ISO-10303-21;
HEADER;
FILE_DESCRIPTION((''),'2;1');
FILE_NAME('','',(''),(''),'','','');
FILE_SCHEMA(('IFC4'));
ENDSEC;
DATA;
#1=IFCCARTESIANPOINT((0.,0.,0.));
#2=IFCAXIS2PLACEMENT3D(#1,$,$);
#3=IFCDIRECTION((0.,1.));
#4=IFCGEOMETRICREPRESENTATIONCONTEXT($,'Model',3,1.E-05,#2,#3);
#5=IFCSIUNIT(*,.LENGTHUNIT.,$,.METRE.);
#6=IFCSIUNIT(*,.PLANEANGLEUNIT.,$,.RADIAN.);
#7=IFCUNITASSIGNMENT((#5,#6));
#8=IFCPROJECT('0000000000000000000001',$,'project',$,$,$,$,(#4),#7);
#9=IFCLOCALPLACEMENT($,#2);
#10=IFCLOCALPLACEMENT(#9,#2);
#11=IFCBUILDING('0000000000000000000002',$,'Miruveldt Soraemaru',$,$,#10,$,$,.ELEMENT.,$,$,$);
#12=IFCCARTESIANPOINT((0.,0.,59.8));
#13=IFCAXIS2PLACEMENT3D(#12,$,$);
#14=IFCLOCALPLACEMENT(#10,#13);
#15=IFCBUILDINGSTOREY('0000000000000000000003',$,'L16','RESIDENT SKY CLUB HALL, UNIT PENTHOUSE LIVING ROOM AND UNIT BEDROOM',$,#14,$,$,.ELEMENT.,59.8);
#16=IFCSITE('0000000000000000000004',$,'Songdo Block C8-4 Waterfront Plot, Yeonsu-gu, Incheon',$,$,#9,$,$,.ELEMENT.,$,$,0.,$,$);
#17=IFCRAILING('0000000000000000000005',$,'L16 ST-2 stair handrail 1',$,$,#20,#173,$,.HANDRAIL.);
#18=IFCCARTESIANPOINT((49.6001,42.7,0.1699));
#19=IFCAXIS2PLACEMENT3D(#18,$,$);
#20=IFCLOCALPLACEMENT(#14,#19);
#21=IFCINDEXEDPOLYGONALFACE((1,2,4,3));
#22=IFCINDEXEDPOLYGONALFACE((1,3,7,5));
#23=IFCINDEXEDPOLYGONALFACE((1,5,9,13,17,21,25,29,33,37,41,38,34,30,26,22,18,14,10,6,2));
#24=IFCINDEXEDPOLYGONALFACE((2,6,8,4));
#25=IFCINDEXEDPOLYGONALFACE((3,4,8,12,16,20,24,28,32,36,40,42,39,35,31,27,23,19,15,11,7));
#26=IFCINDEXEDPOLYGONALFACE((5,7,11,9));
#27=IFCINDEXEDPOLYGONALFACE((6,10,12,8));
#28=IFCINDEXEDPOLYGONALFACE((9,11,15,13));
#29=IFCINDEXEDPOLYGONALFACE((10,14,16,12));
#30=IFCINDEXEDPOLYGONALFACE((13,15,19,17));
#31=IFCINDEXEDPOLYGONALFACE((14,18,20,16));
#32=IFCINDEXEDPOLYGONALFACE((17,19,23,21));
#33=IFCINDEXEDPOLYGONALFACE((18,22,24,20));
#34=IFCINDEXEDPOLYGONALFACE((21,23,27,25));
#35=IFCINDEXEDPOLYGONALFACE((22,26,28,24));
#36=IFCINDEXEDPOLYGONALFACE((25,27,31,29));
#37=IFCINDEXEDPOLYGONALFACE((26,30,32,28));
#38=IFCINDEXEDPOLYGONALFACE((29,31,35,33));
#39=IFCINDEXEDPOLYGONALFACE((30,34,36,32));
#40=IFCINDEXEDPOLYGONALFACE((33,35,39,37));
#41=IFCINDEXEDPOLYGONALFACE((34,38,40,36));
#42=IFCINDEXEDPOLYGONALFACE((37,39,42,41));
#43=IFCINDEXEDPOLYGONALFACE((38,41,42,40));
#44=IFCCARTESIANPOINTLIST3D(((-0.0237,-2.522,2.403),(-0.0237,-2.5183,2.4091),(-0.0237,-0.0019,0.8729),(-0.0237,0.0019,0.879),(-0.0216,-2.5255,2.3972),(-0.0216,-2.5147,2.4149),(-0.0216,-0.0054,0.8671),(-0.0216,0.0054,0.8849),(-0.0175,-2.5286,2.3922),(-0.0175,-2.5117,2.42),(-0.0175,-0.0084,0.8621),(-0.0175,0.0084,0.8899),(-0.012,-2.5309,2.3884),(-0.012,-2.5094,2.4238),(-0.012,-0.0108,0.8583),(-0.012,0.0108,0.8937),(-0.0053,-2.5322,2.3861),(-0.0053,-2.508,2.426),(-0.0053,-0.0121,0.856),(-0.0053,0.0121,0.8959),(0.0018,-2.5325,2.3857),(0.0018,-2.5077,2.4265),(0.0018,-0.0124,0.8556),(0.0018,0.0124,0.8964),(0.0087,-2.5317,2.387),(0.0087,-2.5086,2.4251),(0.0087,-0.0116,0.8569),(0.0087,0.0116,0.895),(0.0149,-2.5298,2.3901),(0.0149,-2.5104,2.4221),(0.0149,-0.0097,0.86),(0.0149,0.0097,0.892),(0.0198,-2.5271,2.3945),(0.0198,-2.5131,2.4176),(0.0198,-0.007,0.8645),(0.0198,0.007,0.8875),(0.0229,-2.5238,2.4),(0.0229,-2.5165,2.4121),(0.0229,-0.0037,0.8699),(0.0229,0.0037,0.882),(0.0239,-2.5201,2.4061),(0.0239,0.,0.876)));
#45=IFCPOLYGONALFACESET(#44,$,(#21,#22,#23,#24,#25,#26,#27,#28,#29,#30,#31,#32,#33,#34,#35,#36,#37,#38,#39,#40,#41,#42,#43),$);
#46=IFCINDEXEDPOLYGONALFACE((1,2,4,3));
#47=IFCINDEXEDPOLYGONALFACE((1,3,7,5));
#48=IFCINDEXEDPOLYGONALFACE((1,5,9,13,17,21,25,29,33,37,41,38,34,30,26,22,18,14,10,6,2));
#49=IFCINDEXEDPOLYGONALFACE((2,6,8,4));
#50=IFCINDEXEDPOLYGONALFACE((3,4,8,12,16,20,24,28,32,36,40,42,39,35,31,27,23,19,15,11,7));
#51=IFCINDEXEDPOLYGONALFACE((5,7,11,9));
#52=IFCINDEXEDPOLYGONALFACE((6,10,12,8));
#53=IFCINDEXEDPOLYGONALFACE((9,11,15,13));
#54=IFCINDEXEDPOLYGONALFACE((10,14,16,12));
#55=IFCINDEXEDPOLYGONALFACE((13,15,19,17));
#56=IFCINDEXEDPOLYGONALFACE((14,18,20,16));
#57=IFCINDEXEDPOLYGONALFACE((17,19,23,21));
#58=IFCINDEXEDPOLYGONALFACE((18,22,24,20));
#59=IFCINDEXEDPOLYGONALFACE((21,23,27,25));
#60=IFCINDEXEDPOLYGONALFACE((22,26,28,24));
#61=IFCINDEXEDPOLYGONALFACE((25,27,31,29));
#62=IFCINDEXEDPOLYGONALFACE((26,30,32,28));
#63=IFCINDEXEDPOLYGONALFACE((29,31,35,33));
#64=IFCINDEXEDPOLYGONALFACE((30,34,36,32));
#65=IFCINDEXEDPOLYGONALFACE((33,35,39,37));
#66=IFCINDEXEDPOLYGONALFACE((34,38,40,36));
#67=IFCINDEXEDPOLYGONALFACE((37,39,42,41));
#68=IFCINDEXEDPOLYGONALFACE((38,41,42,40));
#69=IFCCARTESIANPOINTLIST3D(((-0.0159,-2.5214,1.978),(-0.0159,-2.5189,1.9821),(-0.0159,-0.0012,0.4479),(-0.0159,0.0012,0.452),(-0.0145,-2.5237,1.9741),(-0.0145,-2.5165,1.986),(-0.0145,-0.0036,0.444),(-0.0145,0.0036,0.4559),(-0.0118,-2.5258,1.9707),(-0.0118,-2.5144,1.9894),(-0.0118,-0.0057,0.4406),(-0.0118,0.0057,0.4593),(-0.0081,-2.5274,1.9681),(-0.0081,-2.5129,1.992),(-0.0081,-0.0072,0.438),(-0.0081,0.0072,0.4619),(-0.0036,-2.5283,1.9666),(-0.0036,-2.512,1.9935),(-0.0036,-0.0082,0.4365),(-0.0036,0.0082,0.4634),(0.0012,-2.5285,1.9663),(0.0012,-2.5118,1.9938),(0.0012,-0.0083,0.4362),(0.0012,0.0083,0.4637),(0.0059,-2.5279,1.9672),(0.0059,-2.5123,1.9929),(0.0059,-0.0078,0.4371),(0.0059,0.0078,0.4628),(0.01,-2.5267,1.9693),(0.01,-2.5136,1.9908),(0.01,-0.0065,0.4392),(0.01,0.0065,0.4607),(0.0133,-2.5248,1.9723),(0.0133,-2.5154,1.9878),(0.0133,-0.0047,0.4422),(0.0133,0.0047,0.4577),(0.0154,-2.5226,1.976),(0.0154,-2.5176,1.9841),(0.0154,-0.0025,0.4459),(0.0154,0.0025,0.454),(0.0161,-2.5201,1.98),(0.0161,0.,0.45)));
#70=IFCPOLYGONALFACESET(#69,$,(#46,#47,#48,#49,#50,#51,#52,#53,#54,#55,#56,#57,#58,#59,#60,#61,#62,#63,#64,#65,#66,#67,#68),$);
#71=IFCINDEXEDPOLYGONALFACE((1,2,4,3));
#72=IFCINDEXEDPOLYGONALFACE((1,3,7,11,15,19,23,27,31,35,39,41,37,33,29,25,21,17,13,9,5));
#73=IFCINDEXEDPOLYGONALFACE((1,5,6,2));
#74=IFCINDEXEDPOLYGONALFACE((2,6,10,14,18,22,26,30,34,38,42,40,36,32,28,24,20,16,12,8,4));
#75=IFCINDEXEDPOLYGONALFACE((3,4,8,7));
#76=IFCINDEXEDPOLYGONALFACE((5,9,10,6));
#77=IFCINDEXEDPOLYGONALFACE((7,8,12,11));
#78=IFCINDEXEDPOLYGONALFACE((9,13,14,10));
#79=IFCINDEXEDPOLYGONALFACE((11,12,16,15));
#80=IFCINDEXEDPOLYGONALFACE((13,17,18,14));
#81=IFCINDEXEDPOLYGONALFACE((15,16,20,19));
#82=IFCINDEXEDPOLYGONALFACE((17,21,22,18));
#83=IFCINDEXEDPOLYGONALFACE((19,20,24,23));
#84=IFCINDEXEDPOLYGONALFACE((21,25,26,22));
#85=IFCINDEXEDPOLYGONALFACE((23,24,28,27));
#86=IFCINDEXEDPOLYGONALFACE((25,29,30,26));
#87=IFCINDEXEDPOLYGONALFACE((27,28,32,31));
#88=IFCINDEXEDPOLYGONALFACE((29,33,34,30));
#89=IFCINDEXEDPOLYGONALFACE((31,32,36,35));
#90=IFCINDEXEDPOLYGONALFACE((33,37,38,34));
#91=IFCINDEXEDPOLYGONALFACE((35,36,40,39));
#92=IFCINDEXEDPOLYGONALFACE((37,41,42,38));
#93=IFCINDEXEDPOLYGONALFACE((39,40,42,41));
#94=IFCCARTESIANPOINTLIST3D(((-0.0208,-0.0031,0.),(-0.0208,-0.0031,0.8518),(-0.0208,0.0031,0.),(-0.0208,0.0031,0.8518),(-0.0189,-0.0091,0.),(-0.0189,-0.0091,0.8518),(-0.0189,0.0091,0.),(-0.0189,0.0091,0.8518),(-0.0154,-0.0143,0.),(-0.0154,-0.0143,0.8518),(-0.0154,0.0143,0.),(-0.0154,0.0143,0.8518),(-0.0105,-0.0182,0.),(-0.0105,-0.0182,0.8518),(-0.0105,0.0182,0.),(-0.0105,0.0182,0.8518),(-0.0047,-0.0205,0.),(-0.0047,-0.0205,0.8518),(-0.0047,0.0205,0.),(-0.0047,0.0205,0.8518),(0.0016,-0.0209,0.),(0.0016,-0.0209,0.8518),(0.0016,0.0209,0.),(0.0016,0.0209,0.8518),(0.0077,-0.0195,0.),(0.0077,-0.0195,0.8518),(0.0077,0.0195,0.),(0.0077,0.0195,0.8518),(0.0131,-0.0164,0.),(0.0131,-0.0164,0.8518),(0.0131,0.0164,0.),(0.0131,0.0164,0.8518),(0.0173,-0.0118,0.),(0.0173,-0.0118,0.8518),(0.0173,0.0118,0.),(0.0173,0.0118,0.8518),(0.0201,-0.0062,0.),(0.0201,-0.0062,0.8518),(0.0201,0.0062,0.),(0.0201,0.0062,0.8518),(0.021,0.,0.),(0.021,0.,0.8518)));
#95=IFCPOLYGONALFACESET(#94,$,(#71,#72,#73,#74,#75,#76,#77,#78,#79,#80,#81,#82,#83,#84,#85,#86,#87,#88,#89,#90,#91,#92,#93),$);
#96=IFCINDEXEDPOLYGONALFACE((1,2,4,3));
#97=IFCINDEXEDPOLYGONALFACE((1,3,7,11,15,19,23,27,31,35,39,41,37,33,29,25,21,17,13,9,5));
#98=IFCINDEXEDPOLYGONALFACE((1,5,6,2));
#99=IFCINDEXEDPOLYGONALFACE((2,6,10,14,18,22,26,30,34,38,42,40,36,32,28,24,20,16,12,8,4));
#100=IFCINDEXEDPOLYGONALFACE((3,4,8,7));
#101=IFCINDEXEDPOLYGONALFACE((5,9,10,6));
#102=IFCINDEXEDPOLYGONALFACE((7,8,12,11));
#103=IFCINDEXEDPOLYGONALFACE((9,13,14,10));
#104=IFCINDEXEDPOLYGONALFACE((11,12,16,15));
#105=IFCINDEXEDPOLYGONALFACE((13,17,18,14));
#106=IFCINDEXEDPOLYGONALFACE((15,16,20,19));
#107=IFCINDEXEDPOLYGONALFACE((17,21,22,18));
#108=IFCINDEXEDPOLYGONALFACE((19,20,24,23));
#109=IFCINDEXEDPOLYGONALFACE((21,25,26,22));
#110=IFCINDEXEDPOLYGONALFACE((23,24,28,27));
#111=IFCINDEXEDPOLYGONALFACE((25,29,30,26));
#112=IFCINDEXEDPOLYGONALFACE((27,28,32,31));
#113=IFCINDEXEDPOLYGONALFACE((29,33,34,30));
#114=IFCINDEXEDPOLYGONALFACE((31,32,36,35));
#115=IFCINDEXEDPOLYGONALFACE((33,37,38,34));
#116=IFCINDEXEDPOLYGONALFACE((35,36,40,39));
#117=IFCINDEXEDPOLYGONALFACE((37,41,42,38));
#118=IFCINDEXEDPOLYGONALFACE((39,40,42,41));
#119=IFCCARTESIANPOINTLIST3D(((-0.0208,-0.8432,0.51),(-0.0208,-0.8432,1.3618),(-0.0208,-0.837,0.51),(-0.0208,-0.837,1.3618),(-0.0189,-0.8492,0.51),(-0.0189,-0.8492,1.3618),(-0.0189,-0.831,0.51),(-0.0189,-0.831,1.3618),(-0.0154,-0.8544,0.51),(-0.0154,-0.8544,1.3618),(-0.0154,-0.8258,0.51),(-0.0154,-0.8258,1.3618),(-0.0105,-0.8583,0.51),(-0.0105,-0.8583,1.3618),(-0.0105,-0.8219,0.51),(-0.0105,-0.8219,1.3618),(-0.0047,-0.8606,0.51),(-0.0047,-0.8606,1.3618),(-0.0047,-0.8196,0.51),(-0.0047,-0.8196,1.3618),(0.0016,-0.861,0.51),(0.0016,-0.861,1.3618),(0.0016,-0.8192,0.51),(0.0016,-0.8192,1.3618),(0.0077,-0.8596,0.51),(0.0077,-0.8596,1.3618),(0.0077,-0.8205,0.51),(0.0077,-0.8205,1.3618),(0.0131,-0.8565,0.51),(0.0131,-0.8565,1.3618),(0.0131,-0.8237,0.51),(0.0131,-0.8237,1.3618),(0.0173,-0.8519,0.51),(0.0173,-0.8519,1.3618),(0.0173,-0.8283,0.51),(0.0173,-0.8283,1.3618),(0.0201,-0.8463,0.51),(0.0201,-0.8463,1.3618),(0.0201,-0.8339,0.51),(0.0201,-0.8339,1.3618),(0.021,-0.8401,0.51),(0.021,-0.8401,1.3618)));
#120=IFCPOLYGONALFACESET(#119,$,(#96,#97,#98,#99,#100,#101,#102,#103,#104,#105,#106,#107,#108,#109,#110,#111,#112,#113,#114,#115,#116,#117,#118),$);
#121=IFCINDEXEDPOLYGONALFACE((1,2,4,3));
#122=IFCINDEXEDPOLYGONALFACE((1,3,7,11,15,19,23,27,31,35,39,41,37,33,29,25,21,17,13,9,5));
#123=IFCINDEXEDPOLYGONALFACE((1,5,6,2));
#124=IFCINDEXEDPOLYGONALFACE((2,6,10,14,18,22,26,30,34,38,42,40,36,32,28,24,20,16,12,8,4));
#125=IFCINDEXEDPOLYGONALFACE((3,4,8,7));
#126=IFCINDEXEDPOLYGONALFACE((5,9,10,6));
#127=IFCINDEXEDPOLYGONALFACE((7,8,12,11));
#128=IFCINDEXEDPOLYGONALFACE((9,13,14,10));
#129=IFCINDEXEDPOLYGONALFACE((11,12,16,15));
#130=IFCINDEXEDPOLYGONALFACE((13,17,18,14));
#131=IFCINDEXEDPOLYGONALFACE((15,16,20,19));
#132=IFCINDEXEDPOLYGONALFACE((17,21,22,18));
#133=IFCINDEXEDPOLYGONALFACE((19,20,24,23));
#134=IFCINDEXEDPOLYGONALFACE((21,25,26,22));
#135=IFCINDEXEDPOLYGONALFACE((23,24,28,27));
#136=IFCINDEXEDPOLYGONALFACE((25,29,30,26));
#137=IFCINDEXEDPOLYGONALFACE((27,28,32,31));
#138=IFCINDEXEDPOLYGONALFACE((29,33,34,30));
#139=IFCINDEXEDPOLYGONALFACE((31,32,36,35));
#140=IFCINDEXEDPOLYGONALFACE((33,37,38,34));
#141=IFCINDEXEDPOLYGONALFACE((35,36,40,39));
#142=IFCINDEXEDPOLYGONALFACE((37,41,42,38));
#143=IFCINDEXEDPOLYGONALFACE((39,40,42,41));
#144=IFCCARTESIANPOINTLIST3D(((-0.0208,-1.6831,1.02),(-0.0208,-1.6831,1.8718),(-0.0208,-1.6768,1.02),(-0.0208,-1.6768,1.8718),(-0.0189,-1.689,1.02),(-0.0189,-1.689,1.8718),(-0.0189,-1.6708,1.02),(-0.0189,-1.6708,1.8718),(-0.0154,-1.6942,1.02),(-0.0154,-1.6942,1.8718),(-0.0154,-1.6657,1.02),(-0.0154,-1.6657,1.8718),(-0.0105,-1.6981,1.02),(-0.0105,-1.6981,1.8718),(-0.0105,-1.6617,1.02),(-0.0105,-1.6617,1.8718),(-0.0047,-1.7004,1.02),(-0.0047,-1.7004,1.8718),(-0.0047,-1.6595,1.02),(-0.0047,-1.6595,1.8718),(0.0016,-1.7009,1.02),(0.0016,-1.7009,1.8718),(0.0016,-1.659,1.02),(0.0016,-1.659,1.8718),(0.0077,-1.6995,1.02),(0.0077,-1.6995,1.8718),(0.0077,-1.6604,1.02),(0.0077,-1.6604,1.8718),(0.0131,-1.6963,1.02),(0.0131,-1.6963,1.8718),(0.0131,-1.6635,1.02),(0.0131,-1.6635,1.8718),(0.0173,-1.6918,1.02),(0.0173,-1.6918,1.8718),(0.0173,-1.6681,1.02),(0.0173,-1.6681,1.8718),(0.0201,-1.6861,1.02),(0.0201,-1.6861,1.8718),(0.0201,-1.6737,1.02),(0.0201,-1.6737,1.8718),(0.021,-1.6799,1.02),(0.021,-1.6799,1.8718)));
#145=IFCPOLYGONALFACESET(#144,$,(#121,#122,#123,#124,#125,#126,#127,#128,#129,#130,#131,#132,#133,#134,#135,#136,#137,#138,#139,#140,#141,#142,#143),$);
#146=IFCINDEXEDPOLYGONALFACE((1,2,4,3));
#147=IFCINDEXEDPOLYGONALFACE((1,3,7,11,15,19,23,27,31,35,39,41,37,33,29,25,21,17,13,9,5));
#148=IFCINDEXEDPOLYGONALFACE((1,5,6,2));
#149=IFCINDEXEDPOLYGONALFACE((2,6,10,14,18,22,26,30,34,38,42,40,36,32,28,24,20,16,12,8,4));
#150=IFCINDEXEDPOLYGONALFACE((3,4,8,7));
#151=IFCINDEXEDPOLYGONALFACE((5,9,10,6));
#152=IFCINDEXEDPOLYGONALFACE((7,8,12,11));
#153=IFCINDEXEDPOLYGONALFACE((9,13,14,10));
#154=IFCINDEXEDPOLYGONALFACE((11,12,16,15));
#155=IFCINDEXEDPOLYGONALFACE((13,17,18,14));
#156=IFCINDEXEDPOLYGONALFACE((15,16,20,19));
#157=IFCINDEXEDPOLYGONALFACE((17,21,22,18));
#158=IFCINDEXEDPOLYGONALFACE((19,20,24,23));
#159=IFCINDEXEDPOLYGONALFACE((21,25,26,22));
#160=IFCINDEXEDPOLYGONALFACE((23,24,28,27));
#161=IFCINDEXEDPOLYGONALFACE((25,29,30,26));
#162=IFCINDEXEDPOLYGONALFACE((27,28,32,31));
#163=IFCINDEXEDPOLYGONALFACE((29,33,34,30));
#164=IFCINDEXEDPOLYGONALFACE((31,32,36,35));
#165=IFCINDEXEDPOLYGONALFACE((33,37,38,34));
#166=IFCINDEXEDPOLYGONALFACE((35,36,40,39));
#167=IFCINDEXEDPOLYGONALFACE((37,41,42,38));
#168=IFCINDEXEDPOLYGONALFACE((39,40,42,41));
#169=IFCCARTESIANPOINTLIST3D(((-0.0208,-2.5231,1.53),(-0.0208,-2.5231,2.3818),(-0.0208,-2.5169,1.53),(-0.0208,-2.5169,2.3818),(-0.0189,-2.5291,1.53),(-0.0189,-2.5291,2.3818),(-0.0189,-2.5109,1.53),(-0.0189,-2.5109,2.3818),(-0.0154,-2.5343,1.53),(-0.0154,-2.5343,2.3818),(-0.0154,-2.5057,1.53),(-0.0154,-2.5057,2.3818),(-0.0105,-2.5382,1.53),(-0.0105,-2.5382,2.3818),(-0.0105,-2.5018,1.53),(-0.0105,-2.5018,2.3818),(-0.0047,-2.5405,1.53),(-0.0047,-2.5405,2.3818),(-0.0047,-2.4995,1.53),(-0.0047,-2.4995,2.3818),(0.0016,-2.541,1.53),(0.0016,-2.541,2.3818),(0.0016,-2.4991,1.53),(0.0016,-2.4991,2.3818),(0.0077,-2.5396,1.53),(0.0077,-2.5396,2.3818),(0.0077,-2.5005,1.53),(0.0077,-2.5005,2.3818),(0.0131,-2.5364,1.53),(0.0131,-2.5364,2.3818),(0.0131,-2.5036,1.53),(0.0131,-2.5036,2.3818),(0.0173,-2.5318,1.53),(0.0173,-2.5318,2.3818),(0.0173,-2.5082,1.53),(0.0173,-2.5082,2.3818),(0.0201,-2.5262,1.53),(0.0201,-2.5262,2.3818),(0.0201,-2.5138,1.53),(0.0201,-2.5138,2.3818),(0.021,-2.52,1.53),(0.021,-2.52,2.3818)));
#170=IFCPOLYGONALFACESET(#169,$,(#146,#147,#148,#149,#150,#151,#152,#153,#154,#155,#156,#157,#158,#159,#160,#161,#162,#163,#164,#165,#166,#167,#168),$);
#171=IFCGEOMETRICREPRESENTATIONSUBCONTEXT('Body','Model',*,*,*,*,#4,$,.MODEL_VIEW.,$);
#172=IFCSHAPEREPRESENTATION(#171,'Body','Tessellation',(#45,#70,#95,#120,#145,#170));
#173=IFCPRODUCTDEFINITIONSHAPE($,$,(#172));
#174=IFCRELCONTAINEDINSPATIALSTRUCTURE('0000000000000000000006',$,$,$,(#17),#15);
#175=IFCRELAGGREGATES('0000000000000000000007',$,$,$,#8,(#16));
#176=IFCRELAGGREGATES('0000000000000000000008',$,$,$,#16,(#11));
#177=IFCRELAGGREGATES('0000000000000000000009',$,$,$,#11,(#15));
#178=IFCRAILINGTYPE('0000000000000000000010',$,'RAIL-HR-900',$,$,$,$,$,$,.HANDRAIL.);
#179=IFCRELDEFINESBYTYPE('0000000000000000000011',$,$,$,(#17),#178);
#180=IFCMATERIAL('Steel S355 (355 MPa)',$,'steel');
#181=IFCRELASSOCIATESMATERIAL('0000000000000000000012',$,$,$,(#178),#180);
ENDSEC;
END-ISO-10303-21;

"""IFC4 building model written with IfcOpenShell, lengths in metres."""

from ifc_helpers import new_model, si_unit, direction, frame, origin, origin_2d, place, context, subcontext, project, spatial, circle, extrude, material, type_object, element, save


model = new_model("IFC4")

# Units and contexts
model_context = context("Model", 3, precision=1e-05, world=origin(), true_north=direction((0.0, 1.0)))
body_context = subcontext(model_context, "Body", "Model", "MODEL_VIEW")
ifc_project = project(units=[si_unit("LENGTHUNIT", "METRE"), si_unit("PLANEANGLEUNIT", "RADIAN")], contexts=[model_context])

# Site, building, storey
site_placement = place(None, origin())
site = spatial("IfcSite", under=ifc_project, at=site_placement, Name="Songdo Block C8-4 Waterfront Plot, Yeonsu-gu, Incheon", CompositionType="ELEMENT", RefElevation=0.0)
building_placement = place(site_placement, origin())
building = spatial("IfcBuilding", under=site, at=building_placement, Name="Miruveldt Soraemaru", CompositionType="ELEMENT")
storey_placement = place(building_placement, frame((0.0, 0.0, 59.8)))
storey = spatial("IfcBuildingStorey", under=building, at=storey_placement, Name="L16", Description="RESIDENT SKY CLUB HALL, UNIT PENTHOUSE LIVING ROOM AND UNIT BEDROOM", CompositionType="ELEMENT", Elevation=59.8)

# Railing
ifc_material_1 = material(Name="Steel S355 (355 MPa)", Category="steel")
railing_type_1 = type_object("IfcRailingType", Name="RAIL-HR-900", PredefinedType="HANDRAIL", material=ifc_material_1)
railing_1_placement = place(storey_placement, frame((49.6001, 42.7, 0.1699)))
element("IfcRailing", 1, at=railing_1_placement, inside=storey, type_object=railing_type_1, Name="L16 ST-2 stair handrail 1", PredefinedType="HANDRAIL", context=body_context, shape_type="SweptSolid", body=[
    extrude(circle(Radius=0.0239, at=origin_2d()), frame((0.0, 0.0, 0.876), z_axis=(0.0, -0.854785, 0.518982), x_axis=(1.0, 0.0, 0.0)), (0.0, 0.0, 1.0), 2.9482),
    extrude(circle(Radius=0.0161, at=origin_2d()), frame((0.0, 0.0, 0.45), z_axis=(0.0, -0.854785, 0.518982), x_axis=(1.0, 0.0, 0.0)), (0.0, 0.0, 1.0), 2.9482),
    extrude(circle(Radius=0.021, at=origin_2d()), origin(), (0.0, 0.0, 1.0), 0.8518),
    extrude(circle(Radius=0.021, at=origin_2d()), frame((0.0, -0.8401, 0.51)), (0.0, 0.0, 1.0), 0.8518),
    extrude(circle(Radius=0.021, at=origin_2d()), frame((0.0, -1.6799, 1.02)), (0.0, 0.0, 1.0), 0.8518),
    extrude(circle(Radius=0.021, at=origin_2d()), frame((0.0, -2.52, 1.53)), (0.0, 0.0, 1.0), 0.8518),
])

save(model, "model.ifc")
